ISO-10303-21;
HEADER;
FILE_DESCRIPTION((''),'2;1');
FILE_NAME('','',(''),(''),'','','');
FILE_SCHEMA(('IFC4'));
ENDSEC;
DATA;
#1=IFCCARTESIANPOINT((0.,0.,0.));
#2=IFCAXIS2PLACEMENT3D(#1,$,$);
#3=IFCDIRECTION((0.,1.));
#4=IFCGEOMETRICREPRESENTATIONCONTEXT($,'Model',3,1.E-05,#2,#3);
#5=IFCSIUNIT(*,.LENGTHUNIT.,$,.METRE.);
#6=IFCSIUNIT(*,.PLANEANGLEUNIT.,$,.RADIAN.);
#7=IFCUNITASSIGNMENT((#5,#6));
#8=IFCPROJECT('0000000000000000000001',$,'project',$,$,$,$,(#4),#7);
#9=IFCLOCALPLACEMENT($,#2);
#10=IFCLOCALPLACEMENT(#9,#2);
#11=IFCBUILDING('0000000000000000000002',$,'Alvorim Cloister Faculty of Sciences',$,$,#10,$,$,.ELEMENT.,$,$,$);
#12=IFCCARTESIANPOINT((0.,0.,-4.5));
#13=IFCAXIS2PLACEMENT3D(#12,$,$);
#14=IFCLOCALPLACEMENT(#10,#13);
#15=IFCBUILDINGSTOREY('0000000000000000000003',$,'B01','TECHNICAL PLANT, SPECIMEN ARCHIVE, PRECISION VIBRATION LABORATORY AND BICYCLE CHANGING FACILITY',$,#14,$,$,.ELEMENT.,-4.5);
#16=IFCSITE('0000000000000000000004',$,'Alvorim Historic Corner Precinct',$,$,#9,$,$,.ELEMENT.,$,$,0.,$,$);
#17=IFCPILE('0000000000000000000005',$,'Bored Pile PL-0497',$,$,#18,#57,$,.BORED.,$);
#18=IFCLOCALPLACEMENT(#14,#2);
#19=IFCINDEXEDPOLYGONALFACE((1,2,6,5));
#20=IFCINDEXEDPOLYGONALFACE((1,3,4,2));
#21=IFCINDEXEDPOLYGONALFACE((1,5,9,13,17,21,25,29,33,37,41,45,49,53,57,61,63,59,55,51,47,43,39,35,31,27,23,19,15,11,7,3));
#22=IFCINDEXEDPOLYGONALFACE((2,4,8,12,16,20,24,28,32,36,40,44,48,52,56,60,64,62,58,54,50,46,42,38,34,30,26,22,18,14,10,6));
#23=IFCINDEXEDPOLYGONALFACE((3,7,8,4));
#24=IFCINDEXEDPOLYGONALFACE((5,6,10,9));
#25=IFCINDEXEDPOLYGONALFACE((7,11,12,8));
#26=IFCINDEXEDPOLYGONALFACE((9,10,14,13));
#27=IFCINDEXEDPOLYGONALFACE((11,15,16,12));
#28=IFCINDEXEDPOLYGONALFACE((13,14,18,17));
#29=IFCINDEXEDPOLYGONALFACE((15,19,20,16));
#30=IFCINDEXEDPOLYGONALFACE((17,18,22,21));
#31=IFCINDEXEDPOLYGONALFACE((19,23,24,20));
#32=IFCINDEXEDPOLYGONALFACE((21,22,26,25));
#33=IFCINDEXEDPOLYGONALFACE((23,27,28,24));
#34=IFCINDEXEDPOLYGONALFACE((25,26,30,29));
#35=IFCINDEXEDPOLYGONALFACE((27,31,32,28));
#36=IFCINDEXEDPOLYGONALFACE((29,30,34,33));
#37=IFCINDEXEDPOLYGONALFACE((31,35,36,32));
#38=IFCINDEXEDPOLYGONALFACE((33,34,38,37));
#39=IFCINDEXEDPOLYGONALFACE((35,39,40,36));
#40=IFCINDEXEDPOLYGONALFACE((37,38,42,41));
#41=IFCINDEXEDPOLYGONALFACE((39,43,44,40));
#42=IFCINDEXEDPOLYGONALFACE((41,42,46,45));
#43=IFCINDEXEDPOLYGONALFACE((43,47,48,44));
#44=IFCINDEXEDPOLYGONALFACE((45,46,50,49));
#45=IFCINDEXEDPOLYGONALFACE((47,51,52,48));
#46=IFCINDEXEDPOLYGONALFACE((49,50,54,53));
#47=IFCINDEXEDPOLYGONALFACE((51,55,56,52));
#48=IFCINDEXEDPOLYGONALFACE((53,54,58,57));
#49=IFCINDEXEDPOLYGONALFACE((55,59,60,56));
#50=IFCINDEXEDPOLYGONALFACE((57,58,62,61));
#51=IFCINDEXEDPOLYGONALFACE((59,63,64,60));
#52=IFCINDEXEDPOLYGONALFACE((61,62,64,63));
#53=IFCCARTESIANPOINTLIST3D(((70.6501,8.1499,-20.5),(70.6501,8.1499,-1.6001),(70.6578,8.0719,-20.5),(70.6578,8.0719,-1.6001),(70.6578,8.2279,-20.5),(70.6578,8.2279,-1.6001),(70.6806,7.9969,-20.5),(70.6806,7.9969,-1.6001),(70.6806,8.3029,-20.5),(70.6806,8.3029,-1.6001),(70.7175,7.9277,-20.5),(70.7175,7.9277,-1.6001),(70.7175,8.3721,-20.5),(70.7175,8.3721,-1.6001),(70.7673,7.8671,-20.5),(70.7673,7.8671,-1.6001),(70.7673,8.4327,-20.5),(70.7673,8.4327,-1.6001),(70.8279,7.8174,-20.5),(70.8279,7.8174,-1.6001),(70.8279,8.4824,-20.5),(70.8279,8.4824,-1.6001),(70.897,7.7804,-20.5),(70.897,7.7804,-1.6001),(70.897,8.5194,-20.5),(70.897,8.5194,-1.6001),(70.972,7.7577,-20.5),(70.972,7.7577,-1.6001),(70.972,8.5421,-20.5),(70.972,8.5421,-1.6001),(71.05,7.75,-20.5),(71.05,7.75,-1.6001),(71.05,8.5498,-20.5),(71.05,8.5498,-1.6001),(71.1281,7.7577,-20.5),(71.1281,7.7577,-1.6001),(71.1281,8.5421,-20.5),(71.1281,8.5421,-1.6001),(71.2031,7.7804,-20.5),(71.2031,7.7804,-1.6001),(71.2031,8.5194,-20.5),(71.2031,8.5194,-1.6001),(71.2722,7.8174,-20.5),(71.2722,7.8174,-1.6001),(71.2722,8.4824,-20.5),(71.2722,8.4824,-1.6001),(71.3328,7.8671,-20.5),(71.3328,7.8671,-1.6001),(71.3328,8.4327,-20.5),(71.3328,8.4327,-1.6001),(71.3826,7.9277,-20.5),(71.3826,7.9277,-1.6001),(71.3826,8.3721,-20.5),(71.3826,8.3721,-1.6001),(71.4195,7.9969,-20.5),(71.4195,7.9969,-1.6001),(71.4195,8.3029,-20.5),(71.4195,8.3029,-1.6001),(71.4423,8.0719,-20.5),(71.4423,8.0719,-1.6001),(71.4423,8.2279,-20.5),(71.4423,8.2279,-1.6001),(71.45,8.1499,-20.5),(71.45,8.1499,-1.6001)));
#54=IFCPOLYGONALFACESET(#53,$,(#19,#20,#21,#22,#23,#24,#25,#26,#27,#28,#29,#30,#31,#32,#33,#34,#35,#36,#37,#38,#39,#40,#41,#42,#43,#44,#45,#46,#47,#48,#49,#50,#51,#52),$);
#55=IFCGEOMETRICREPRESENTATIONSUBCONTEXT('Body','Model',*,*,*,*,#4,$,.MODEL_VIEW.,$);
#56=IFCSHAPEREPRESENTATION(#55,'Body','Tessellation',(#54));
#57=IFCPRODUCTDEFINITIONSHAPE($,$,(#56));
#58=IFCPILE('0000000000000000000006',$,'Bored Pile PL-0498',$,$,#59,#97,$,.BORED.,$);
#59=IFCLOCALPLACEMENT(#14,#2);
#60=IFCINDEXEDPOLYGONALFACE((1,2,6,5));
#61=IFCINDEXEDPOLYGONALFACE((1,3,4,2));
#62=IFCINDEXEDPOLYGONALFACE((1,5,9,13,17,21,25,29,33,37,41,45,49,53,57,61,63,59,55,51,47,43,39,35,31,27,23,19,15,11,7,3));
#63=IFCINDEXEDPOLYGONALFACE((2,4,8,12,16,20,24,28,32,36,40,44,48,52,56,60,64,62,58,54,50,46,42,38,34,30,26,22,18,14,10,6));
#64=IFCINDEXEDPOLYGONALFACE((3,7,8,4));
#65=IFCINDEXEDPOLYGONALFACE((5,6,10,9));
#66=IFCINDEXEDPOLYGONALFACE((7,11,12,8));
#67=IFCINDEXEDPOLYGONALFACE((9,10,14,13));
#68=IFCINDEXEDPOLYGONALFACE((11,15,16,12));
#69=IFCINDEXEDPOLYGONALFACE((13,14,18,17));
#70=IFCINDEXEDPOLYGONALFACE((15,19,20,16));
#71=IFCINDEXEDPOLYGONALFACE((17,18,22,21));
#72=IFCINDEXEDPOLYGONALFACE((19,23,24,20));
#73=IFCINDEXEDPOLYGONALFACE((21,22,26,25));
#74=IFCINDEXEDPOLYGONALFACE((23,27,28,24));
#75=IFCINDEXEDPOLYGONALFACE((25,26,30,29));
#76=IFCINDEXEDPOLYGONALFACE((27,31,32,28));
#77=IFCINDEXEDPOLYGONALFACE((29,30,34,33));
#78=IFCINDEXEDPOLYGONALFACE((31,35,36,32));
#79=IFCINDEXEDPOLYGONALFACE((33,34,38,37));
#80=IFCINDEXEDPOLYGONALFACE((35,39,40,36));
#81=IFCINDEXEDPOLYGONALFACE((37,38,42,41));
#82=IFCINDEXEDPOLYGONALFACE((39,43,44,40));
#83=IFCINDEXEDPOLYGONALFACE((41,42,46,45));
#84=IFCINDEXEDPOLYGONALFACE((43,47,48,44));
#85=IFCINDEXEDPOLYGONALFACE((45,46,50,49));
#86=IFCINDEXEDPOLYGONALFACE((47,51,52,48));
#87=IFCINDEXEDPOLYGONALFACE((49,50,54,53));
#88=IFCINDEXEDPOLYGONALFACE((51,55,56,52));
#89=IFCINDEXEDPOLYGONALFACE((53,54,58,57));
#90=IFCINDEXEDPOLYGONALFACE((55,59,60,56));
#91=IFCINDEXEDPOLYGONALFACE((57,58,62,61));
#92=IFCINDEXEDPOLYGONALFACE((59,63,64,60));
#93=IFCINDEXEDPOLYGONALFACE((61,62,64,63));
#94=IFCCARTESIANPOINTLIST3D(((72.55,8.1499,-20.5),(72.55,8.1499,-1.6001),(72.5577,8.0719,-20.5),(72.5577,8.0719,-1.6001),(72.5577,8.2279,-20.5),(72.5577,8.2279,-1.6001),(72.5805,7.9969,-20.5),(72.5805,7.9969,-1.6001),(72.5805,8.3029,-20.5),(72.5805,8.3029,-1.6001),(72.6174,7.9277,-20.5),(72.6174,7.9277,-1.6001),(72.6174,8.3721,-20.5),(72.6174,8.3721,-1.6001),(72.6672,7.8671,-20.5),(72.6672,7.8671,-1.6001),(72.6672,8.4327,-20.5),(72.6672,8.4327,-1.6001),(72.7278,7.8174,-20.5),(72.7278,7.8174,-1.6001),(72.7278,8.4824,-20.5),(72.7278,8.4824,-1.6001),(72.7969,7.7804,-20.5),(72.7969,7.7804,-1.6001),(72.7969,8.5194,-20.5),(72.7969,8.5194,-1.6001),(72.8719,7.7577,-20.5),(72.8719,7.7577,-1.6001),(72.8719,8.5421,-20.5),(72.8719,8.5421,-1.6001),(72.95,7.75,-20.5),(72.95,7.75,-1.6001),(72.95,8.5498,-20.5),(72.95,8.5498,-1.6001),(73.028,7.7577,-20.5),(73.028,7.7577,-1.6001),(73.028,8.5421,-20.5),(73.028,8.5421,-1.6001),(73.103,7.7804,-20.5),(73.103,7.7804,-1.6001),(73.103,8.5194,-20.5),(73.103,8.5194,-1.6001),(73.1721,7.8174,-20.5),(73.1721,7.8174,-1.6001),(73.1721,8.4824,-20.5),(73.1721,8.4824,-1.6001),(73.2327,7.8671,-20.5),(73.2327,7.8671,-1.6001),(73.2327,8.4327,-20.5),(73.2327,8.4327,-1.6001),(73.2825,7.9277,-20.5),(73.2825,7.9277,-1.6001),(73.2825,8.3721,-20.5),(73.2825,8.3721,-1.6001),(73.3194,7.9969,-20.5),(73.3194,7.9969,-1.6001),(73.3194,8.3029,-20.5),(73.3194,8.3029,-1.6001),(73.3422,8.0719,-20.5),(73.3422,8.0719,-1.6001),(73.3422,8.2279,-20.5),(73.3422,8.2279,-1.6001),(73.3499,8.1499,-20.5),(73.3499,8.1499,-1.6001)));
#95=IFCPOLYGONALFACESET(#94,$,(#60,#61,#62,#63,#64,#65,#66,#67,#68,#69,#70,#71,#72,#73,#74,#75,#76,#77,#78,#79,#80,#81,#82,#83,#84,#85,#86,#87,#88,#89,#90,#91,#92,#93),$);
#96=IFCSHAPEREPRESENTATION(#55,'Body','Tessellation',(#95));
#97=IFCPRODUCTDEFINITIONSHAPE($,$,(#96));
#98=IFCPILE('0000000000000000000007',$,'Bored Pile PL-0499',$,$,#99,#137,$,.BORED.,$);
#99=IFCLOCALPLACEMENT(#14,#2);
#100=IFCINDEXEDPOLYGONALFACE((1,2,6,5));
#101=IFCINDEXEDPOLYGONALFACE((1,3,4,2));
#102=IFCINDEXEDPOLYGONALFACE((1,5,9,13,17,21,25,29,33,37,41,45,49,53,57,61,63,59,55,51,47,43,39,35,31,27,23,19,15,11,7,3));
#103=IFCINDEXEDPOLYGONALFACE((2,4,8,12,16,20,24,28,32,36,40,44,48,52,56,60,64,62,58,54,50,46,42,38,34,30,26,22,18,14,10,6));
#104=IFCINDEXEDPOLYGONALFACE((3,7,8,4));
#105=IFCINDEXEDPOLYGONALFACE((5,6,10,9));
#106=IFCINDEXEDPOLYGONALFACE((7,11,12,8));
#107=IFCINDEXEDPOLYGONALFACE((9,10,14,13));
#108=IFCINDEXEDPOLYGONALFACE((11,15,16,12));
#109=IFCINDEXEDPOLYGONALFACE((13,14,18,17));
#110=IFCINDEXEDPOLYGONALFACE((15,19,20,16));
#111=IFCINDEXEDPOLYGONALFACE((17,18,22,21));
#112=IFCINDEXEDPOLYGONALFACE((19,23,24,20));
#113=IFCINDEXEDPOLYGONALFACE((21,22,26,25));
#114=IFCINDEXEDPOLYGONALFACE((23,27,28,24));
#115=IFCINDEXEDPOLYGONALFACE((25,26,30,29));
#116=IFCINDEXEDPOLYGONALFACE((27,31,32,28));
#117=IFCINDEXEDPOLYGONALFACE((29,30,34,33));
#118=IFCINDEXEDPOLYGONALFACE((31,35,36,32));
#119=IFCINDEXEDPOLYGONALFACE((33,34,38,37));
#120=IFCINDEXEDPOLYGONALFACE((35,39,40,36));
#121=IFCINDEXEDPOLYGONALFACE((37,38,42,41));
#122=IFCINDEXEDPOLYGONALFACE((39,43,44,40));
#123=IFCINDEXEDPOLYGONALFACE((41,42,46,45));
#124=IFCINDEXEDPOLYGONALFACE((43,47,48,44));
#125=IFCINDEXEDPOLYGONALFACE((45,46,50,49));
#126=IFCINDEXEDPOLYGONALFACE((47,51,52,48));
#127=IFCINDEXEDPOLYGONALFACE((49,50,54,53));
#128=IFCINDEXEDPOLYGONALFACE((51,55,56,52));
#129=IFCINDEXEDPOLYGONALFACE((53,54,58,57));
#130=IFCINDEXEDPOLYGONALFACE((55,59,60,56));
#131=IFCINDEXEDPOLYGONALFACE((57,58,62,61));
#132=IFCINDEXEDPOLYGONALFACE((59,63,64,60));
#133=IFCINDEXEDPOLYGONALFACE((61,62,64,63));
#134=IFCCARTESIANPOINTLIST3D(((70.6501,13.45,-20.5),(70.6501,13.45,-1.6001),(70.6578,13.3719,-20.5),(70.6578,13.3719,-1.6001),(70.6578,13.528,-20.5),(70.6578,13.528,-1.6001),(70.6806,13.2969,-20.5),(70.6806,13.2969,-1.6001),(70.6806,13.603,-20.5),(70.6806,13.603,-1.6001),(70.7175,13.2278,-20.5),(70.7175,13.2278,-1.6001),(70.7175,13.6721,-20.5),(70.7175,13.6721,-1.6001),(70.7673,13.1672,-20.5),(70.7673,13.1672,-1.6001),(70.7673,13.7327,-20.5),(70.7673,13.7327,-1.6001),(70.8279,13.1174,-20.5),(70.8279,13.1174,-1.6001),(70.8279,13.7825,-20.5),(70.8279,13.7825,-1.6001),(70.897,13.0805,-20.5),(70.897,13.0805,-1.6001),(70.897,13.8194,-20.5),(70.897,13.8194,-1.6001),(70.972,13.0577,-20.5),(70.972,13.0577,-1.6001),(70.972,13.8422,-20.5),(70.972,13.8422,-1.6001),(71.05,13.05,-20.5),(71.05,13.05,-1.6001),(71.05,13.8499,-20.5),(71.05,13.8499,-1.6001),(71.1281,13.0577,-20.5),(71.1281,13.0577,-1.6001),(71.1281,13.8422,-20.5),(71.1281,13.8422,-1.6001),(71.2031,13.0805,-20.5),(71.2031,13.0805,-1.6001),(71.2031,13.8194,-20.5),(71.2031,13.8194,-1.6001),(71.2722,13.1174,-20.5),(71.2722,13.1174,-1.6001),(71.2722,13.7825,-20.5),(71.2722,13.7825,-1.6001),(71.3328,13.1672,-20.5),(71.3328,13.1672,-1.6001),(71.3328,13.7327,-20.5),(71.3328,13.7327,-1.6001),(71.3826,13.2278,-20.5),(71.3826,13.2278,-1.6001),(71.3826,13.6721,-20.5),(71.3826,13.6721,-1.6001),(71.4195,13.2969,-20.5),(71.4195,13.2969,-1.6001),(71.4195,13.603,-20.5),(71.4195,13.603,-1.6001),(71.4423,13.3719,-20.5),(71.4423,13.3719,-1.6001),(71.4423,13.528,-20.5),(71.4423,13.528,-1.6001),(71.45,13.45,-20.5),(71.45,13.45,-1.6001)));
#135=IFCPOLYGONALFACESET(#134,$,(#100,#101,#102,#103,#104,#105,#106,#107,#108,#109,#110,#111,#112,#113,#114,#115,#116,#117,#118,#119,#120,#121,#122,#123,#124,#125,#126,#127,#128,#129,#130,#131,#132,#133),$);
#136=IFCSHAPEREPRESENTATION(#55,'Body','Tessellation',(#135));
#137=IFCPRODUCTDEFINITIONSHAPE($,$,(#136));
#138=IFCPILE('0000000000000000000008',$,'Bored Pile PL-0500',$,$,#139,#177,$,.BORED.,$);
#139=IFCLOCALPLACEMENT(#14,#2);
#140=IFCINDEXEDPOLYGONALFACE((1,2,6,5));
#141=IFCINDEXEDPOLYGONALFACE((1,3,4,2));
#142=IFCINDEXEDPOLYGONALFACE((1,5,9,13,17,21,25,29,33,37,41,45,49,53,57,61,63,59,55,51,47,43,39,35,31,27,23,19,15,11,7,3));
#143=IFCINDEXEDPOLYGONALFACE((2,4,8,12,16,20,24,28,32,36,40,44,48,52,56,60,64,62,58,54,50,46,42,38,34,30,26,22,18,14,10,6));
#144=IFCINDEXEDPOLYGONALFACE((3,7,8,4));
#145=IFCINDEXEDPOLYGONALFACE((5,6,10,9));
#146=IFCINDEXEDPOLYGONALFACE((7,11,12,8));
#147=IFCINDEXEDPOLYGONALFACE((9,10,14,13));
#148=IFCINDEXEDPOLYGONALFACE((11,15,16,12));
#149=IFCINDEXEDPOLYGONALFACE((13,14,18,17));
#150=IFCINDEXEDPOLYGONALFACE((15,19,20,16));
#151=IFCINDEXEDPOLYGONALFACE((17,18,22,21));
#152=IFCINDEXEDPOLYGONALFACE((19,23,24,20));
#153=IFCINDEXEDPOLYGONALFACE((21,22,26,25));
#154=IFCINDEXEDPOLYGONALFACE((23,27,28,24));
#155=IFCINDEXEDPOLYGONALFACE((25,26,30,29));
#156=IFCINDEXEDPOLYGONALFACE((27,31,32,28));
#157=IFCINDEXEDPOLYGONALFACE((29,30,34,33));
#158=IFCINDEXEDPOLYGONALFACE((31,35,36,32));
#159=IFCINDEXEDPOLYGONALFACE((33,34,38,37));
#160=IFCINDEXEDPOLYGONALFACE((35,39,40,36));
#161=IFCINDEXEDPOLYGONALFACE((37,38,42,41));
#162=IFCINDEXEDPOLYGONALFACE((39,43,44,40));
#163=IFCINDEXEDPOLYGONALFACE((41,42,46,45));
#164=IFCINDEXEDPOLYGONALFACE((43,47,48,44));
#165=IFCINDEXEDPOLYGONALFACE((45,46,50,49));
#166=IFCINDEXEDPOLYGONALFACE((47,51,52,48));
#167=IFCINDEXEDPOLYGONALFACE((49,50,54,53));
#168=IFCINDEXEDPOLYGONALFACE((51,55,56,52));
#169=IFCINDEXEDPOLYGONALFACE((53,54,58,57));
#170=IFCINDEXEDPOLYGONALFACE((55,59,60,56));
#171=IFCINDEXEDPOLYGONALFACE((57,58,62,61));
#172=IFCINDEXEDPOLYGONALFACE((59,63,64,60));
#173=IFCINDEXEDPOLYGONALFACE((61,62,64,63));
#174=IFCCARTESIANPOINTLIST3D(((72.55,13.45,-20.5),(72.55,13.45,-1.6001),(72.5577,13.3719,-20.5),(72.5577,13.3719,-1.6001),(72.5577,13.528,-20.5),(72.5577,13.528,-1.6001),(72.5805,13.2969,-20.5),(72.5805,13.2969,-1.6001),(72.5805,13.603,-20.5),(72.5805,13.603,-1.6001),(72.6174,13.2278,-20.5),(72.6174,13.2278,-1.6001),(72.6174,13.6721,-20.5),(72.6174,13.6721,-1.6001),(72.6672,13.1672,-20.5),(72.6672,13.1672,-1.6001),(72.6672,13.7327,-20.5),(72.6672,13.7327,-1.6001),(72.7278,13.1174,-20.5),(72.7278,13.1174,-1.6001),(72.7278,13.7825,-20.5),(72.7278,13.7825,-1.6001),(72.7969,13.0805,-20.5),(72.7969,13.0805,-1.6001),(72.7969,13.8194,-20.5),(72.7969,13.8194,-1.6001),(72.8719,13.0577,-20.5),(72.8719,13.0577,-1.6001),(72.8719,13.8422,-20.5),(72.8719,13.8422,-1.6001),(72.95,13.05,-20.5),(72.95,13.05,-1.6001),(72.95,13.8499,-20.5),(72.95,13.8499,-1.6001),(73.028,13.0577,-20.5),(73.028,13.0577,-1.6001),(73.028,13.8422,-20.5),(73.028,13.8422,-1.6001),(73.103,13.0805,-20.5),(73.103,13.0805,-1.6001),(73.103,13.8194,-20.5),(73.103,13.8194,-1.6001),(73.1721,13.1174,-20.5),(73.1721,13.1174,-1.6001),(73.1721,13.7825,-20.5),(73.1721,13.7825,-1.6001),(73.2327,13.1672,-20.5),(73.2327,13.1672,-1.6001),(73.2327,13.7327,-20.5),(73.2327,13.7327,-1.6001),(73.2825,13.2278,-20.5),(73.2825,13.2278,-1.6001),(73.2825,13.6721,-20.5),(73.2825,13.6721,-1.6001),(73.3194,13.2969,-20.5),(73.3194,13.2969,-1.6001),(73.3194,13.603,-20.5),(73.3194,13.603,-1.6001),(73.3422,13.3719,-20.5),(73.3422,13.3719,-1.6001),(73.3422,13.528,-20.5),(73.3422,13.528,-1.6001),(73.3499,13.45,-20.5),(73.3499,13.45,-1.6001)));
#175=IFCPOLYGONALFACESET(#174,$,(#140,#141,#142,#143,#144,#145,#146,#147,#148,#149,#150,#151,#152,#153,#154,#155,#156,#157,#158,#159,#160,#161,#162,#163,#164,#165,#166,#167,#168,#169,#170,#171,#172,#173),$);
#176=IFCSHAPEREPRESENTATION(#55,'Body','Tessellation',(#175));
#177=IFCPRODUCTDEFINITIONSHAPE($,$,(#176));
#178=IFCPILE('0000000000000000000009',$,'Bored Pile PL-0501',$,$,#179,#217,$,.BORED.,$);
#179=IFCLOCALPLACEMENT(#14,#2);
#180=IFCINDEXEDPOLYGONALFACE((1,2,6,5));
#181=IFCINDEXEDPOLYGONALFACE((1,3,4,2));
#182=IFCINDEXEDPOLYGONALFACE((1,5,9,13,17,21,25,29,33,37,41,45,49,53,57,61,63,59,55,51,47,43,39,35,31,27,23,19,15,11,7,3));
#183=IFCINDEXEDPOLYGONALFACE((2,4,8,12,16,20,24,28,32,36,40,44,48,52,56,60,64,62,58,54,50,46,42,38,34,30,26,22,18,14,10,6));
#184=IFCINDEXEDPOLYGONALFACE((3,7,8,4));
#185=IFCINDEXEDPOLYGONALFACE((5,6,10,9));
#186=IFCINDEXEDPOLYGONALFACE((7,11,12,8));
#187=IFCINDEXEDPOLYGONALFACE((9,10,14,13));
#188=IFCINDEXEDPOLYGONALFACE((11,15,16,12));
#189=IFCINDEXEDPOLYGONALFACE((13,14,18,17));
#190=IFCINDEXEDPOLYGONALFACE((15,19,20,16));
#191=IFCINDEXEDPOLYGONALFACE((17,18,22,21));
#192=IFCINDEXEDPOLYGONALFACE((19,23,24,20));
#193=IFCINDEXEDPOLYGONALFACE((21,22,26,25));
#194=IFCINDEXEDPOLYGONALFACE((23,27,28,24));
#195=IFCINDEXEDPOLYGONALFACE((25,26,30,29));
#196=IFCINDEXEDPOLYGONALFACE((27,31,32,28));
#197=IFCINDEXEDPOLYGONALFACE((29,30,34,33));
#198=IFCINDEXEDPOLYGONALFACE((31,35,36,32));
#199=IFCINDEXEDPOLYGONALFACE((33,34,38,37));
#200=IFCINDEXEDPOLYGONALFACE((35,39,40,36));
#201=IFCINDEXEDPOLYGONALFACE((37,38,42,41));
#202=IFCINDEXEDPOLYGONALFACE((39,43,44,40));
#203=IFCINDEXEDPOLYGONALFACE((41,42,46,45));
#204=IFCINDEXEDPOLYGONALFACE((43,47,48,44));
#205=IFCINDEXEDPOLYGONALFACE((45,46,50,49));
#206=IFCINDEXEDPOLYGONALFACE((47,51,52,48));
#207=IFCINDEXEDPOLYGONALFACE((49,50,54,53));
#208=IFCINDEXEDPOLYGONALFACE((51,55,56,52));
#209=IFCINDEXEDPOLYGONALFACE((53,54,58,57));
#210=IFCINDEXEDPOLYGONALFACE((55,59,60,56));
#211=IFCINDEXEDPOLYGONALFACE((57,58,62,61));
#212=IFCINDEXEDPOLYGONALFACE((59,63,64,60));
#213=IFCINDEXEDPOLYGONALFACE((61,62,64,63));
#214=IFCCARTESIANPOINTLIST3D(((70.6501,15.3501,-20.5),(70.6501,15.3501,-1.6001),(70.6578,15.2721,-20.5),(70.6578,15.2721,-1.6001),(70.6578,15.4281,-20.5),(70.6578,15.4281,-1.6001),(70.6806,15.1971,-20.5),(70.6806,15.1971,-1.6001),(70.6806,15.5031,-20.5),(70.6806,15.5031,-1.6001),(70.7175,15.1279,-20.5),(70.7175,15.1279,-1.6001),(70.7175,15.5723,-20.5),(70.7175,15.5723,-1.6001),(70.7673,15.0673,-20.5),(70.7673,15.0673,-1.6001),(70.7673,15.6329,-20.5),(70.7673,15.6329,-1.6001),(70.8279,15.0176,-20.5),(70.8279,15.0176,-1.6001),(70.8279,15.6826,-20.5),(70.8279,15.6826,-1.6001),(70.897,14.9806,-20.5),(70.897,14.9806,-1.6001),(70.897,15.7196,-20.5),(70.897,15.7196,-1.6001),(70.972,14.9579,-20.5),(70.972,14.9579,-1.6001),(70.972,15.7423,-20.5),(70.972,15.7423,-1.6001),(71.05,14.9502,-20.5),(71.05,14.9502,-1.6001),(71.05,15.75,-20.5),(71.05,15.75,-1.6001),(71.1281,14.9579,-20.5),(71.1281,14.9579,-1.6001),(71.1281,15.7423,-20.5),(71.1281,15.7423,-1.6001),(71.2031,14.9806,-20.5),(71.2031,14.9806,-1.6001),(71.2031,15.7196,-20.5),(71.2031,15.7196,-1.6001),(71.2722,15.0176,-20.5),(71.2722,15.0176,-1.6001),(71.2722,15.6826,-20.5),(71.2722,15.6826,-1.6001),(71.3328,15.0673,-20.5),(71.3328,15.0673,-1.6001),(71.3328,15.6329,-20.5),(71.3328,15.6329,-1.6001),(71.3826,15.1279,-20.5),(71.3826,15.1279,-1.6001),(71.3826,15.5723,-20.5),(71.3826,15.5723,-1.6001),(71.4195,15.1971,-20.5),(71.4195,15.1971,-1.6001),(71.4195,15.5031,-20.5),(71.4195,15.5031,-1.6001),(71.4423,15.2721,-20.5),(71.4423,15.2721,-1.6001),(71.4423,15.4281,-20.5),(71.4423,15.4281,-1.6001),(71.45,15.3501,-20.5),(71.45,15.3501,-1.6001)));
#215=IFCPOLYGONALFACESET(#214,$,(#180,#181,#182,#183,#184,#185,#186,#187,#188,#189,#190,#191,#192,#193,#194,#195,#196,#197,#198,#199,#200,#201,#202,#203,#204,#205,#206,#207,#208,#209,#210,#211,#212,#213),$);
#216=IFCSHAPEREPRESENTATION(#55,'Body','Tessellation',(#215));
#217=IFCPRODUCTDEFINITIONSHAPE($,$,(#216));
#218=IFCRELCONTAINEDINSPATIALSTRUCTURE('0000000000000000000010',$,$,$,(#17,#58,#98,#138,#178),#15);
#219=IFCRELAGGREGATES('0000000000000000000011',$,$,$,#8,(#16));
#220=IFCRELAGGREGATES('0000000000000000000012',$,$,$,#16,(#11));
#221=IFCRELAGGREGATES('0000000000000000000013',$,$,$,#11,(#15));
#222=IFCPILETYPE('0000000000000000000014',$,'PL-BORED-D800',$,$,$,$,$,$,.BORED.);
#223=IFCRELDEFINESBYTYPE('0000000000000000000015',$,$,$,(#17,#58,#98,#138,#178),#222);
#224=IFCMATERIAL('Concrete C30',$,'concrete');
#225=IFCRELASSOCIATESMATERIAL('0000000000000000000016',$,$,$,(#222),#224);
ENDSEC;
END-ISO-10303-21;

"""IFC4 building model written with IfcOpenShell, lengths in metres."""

from ifc_helpers import new_model, si_unit, direction, frame, origin, origin_2d, place, context, subcontext, project, spatial, circle, extrude, material, material_profile, profile_set, type_object, element, save


model = new_model("IFC4")

# Units and contexts
model_context = context("Model", 3, precision=1e-05, world=origin(), true_north=direction((0.0, 1.0)))
body_context = subcontext(model_context, "Body", "Model", "MODEL_VIEW")
ifc_project = project(units=[si_unit("LENGTHUNIT", "METRE"), si_unit("PLANEANGLEUNIT", "RADIAN")], contexts=[model_context])

# Site, building, storey
site_placement = place(None, origin())
site = spatial("IfcSite", under=ifc_project, at=site_placement, Name="Alvorim Historic Corner Precinct", CompositionType="ELEMENT", RefElevation=0.0)
building_placement = place(site_placement, origin())
building = spatial("IfcBuilding", under=site, at=building_placement, Name="Alvorim Cloister Faculty of Sciences", CompositionType="ELEMENT")
storey_placement = place(building_placement, frame((0.0, 0.0, -4.5)))
storey = spatial("IfcBuildingStorey", under=building, at=storey_placement, Name="B01", Description="TECHNICAL PLANT, SPECIMEN ARCHIVE, PRECISION VIBRATION LABORATORY AND BICYCLE CHANGING FACILITY", CompositionType="ELEMENT", Elevation=-4.5)

# Piles
ifc_material_1 = material(Name="Concrete C30", Category="concrete")
ifc_material_profile_1 = material_profile(ifc_material_1, circle(Radius=0.3999, at=origin_2d()), Name="PILE-D800")
ifc_profile_set_1 = profile_set([ifc_material_profile_1], Name="Concrete C30")
pile_type_1 = type_object("IfcPileType", Name="PL-BORED-D800", PredefinedType="BORED", material=ifc_profile_set_1)
for number, where, z_axis, x_axis, name in (
    (1, (71.05, 8.1499, -1.6001), (0.0, 0.0, -1.0), (1.0, 0.0, 0.0), "Bored Pile PL-0497"),
    (2, (72.95, 8.1499, -1.6001), (0.0, 0.0, -1.0), (1.0, 0.0, 0.0), "Bored Pile PL-0498"),
    (3, (71.05, 13.45, -1.6001), (0.0, 0.0, -1.0), (1.0, 0.0, 0.0), "Bored Pile PL-0499"),
    (4, (72.95, 13.45, -1.6001), (0.0, 0.0, -1.0), (1.0, 0.0, 0.0), "Bored Pile PL-0500"),
    (5, (71.05, 15.3501, -1.6001), (0.0, 0.0, -1.0), (1.0, 0.0, 0.0), "Bored Pile PL-0501"),
):
    element("IfcPile", number, at=place(storey_placement, frame(where, z_axis=z_axis, x_axis=x_axis)), inside=storey, type_object=pile_type_1, Name=name, PredefinedType="BORED", context=body_context, shape_type="SweptSolid", body=[
        extrude(circle(Radius=0.3999, at=origin_2d()), origin(), (0.0, 0.0, 1.0), 18.8999),
    ])

save(model, "model.ifc")
